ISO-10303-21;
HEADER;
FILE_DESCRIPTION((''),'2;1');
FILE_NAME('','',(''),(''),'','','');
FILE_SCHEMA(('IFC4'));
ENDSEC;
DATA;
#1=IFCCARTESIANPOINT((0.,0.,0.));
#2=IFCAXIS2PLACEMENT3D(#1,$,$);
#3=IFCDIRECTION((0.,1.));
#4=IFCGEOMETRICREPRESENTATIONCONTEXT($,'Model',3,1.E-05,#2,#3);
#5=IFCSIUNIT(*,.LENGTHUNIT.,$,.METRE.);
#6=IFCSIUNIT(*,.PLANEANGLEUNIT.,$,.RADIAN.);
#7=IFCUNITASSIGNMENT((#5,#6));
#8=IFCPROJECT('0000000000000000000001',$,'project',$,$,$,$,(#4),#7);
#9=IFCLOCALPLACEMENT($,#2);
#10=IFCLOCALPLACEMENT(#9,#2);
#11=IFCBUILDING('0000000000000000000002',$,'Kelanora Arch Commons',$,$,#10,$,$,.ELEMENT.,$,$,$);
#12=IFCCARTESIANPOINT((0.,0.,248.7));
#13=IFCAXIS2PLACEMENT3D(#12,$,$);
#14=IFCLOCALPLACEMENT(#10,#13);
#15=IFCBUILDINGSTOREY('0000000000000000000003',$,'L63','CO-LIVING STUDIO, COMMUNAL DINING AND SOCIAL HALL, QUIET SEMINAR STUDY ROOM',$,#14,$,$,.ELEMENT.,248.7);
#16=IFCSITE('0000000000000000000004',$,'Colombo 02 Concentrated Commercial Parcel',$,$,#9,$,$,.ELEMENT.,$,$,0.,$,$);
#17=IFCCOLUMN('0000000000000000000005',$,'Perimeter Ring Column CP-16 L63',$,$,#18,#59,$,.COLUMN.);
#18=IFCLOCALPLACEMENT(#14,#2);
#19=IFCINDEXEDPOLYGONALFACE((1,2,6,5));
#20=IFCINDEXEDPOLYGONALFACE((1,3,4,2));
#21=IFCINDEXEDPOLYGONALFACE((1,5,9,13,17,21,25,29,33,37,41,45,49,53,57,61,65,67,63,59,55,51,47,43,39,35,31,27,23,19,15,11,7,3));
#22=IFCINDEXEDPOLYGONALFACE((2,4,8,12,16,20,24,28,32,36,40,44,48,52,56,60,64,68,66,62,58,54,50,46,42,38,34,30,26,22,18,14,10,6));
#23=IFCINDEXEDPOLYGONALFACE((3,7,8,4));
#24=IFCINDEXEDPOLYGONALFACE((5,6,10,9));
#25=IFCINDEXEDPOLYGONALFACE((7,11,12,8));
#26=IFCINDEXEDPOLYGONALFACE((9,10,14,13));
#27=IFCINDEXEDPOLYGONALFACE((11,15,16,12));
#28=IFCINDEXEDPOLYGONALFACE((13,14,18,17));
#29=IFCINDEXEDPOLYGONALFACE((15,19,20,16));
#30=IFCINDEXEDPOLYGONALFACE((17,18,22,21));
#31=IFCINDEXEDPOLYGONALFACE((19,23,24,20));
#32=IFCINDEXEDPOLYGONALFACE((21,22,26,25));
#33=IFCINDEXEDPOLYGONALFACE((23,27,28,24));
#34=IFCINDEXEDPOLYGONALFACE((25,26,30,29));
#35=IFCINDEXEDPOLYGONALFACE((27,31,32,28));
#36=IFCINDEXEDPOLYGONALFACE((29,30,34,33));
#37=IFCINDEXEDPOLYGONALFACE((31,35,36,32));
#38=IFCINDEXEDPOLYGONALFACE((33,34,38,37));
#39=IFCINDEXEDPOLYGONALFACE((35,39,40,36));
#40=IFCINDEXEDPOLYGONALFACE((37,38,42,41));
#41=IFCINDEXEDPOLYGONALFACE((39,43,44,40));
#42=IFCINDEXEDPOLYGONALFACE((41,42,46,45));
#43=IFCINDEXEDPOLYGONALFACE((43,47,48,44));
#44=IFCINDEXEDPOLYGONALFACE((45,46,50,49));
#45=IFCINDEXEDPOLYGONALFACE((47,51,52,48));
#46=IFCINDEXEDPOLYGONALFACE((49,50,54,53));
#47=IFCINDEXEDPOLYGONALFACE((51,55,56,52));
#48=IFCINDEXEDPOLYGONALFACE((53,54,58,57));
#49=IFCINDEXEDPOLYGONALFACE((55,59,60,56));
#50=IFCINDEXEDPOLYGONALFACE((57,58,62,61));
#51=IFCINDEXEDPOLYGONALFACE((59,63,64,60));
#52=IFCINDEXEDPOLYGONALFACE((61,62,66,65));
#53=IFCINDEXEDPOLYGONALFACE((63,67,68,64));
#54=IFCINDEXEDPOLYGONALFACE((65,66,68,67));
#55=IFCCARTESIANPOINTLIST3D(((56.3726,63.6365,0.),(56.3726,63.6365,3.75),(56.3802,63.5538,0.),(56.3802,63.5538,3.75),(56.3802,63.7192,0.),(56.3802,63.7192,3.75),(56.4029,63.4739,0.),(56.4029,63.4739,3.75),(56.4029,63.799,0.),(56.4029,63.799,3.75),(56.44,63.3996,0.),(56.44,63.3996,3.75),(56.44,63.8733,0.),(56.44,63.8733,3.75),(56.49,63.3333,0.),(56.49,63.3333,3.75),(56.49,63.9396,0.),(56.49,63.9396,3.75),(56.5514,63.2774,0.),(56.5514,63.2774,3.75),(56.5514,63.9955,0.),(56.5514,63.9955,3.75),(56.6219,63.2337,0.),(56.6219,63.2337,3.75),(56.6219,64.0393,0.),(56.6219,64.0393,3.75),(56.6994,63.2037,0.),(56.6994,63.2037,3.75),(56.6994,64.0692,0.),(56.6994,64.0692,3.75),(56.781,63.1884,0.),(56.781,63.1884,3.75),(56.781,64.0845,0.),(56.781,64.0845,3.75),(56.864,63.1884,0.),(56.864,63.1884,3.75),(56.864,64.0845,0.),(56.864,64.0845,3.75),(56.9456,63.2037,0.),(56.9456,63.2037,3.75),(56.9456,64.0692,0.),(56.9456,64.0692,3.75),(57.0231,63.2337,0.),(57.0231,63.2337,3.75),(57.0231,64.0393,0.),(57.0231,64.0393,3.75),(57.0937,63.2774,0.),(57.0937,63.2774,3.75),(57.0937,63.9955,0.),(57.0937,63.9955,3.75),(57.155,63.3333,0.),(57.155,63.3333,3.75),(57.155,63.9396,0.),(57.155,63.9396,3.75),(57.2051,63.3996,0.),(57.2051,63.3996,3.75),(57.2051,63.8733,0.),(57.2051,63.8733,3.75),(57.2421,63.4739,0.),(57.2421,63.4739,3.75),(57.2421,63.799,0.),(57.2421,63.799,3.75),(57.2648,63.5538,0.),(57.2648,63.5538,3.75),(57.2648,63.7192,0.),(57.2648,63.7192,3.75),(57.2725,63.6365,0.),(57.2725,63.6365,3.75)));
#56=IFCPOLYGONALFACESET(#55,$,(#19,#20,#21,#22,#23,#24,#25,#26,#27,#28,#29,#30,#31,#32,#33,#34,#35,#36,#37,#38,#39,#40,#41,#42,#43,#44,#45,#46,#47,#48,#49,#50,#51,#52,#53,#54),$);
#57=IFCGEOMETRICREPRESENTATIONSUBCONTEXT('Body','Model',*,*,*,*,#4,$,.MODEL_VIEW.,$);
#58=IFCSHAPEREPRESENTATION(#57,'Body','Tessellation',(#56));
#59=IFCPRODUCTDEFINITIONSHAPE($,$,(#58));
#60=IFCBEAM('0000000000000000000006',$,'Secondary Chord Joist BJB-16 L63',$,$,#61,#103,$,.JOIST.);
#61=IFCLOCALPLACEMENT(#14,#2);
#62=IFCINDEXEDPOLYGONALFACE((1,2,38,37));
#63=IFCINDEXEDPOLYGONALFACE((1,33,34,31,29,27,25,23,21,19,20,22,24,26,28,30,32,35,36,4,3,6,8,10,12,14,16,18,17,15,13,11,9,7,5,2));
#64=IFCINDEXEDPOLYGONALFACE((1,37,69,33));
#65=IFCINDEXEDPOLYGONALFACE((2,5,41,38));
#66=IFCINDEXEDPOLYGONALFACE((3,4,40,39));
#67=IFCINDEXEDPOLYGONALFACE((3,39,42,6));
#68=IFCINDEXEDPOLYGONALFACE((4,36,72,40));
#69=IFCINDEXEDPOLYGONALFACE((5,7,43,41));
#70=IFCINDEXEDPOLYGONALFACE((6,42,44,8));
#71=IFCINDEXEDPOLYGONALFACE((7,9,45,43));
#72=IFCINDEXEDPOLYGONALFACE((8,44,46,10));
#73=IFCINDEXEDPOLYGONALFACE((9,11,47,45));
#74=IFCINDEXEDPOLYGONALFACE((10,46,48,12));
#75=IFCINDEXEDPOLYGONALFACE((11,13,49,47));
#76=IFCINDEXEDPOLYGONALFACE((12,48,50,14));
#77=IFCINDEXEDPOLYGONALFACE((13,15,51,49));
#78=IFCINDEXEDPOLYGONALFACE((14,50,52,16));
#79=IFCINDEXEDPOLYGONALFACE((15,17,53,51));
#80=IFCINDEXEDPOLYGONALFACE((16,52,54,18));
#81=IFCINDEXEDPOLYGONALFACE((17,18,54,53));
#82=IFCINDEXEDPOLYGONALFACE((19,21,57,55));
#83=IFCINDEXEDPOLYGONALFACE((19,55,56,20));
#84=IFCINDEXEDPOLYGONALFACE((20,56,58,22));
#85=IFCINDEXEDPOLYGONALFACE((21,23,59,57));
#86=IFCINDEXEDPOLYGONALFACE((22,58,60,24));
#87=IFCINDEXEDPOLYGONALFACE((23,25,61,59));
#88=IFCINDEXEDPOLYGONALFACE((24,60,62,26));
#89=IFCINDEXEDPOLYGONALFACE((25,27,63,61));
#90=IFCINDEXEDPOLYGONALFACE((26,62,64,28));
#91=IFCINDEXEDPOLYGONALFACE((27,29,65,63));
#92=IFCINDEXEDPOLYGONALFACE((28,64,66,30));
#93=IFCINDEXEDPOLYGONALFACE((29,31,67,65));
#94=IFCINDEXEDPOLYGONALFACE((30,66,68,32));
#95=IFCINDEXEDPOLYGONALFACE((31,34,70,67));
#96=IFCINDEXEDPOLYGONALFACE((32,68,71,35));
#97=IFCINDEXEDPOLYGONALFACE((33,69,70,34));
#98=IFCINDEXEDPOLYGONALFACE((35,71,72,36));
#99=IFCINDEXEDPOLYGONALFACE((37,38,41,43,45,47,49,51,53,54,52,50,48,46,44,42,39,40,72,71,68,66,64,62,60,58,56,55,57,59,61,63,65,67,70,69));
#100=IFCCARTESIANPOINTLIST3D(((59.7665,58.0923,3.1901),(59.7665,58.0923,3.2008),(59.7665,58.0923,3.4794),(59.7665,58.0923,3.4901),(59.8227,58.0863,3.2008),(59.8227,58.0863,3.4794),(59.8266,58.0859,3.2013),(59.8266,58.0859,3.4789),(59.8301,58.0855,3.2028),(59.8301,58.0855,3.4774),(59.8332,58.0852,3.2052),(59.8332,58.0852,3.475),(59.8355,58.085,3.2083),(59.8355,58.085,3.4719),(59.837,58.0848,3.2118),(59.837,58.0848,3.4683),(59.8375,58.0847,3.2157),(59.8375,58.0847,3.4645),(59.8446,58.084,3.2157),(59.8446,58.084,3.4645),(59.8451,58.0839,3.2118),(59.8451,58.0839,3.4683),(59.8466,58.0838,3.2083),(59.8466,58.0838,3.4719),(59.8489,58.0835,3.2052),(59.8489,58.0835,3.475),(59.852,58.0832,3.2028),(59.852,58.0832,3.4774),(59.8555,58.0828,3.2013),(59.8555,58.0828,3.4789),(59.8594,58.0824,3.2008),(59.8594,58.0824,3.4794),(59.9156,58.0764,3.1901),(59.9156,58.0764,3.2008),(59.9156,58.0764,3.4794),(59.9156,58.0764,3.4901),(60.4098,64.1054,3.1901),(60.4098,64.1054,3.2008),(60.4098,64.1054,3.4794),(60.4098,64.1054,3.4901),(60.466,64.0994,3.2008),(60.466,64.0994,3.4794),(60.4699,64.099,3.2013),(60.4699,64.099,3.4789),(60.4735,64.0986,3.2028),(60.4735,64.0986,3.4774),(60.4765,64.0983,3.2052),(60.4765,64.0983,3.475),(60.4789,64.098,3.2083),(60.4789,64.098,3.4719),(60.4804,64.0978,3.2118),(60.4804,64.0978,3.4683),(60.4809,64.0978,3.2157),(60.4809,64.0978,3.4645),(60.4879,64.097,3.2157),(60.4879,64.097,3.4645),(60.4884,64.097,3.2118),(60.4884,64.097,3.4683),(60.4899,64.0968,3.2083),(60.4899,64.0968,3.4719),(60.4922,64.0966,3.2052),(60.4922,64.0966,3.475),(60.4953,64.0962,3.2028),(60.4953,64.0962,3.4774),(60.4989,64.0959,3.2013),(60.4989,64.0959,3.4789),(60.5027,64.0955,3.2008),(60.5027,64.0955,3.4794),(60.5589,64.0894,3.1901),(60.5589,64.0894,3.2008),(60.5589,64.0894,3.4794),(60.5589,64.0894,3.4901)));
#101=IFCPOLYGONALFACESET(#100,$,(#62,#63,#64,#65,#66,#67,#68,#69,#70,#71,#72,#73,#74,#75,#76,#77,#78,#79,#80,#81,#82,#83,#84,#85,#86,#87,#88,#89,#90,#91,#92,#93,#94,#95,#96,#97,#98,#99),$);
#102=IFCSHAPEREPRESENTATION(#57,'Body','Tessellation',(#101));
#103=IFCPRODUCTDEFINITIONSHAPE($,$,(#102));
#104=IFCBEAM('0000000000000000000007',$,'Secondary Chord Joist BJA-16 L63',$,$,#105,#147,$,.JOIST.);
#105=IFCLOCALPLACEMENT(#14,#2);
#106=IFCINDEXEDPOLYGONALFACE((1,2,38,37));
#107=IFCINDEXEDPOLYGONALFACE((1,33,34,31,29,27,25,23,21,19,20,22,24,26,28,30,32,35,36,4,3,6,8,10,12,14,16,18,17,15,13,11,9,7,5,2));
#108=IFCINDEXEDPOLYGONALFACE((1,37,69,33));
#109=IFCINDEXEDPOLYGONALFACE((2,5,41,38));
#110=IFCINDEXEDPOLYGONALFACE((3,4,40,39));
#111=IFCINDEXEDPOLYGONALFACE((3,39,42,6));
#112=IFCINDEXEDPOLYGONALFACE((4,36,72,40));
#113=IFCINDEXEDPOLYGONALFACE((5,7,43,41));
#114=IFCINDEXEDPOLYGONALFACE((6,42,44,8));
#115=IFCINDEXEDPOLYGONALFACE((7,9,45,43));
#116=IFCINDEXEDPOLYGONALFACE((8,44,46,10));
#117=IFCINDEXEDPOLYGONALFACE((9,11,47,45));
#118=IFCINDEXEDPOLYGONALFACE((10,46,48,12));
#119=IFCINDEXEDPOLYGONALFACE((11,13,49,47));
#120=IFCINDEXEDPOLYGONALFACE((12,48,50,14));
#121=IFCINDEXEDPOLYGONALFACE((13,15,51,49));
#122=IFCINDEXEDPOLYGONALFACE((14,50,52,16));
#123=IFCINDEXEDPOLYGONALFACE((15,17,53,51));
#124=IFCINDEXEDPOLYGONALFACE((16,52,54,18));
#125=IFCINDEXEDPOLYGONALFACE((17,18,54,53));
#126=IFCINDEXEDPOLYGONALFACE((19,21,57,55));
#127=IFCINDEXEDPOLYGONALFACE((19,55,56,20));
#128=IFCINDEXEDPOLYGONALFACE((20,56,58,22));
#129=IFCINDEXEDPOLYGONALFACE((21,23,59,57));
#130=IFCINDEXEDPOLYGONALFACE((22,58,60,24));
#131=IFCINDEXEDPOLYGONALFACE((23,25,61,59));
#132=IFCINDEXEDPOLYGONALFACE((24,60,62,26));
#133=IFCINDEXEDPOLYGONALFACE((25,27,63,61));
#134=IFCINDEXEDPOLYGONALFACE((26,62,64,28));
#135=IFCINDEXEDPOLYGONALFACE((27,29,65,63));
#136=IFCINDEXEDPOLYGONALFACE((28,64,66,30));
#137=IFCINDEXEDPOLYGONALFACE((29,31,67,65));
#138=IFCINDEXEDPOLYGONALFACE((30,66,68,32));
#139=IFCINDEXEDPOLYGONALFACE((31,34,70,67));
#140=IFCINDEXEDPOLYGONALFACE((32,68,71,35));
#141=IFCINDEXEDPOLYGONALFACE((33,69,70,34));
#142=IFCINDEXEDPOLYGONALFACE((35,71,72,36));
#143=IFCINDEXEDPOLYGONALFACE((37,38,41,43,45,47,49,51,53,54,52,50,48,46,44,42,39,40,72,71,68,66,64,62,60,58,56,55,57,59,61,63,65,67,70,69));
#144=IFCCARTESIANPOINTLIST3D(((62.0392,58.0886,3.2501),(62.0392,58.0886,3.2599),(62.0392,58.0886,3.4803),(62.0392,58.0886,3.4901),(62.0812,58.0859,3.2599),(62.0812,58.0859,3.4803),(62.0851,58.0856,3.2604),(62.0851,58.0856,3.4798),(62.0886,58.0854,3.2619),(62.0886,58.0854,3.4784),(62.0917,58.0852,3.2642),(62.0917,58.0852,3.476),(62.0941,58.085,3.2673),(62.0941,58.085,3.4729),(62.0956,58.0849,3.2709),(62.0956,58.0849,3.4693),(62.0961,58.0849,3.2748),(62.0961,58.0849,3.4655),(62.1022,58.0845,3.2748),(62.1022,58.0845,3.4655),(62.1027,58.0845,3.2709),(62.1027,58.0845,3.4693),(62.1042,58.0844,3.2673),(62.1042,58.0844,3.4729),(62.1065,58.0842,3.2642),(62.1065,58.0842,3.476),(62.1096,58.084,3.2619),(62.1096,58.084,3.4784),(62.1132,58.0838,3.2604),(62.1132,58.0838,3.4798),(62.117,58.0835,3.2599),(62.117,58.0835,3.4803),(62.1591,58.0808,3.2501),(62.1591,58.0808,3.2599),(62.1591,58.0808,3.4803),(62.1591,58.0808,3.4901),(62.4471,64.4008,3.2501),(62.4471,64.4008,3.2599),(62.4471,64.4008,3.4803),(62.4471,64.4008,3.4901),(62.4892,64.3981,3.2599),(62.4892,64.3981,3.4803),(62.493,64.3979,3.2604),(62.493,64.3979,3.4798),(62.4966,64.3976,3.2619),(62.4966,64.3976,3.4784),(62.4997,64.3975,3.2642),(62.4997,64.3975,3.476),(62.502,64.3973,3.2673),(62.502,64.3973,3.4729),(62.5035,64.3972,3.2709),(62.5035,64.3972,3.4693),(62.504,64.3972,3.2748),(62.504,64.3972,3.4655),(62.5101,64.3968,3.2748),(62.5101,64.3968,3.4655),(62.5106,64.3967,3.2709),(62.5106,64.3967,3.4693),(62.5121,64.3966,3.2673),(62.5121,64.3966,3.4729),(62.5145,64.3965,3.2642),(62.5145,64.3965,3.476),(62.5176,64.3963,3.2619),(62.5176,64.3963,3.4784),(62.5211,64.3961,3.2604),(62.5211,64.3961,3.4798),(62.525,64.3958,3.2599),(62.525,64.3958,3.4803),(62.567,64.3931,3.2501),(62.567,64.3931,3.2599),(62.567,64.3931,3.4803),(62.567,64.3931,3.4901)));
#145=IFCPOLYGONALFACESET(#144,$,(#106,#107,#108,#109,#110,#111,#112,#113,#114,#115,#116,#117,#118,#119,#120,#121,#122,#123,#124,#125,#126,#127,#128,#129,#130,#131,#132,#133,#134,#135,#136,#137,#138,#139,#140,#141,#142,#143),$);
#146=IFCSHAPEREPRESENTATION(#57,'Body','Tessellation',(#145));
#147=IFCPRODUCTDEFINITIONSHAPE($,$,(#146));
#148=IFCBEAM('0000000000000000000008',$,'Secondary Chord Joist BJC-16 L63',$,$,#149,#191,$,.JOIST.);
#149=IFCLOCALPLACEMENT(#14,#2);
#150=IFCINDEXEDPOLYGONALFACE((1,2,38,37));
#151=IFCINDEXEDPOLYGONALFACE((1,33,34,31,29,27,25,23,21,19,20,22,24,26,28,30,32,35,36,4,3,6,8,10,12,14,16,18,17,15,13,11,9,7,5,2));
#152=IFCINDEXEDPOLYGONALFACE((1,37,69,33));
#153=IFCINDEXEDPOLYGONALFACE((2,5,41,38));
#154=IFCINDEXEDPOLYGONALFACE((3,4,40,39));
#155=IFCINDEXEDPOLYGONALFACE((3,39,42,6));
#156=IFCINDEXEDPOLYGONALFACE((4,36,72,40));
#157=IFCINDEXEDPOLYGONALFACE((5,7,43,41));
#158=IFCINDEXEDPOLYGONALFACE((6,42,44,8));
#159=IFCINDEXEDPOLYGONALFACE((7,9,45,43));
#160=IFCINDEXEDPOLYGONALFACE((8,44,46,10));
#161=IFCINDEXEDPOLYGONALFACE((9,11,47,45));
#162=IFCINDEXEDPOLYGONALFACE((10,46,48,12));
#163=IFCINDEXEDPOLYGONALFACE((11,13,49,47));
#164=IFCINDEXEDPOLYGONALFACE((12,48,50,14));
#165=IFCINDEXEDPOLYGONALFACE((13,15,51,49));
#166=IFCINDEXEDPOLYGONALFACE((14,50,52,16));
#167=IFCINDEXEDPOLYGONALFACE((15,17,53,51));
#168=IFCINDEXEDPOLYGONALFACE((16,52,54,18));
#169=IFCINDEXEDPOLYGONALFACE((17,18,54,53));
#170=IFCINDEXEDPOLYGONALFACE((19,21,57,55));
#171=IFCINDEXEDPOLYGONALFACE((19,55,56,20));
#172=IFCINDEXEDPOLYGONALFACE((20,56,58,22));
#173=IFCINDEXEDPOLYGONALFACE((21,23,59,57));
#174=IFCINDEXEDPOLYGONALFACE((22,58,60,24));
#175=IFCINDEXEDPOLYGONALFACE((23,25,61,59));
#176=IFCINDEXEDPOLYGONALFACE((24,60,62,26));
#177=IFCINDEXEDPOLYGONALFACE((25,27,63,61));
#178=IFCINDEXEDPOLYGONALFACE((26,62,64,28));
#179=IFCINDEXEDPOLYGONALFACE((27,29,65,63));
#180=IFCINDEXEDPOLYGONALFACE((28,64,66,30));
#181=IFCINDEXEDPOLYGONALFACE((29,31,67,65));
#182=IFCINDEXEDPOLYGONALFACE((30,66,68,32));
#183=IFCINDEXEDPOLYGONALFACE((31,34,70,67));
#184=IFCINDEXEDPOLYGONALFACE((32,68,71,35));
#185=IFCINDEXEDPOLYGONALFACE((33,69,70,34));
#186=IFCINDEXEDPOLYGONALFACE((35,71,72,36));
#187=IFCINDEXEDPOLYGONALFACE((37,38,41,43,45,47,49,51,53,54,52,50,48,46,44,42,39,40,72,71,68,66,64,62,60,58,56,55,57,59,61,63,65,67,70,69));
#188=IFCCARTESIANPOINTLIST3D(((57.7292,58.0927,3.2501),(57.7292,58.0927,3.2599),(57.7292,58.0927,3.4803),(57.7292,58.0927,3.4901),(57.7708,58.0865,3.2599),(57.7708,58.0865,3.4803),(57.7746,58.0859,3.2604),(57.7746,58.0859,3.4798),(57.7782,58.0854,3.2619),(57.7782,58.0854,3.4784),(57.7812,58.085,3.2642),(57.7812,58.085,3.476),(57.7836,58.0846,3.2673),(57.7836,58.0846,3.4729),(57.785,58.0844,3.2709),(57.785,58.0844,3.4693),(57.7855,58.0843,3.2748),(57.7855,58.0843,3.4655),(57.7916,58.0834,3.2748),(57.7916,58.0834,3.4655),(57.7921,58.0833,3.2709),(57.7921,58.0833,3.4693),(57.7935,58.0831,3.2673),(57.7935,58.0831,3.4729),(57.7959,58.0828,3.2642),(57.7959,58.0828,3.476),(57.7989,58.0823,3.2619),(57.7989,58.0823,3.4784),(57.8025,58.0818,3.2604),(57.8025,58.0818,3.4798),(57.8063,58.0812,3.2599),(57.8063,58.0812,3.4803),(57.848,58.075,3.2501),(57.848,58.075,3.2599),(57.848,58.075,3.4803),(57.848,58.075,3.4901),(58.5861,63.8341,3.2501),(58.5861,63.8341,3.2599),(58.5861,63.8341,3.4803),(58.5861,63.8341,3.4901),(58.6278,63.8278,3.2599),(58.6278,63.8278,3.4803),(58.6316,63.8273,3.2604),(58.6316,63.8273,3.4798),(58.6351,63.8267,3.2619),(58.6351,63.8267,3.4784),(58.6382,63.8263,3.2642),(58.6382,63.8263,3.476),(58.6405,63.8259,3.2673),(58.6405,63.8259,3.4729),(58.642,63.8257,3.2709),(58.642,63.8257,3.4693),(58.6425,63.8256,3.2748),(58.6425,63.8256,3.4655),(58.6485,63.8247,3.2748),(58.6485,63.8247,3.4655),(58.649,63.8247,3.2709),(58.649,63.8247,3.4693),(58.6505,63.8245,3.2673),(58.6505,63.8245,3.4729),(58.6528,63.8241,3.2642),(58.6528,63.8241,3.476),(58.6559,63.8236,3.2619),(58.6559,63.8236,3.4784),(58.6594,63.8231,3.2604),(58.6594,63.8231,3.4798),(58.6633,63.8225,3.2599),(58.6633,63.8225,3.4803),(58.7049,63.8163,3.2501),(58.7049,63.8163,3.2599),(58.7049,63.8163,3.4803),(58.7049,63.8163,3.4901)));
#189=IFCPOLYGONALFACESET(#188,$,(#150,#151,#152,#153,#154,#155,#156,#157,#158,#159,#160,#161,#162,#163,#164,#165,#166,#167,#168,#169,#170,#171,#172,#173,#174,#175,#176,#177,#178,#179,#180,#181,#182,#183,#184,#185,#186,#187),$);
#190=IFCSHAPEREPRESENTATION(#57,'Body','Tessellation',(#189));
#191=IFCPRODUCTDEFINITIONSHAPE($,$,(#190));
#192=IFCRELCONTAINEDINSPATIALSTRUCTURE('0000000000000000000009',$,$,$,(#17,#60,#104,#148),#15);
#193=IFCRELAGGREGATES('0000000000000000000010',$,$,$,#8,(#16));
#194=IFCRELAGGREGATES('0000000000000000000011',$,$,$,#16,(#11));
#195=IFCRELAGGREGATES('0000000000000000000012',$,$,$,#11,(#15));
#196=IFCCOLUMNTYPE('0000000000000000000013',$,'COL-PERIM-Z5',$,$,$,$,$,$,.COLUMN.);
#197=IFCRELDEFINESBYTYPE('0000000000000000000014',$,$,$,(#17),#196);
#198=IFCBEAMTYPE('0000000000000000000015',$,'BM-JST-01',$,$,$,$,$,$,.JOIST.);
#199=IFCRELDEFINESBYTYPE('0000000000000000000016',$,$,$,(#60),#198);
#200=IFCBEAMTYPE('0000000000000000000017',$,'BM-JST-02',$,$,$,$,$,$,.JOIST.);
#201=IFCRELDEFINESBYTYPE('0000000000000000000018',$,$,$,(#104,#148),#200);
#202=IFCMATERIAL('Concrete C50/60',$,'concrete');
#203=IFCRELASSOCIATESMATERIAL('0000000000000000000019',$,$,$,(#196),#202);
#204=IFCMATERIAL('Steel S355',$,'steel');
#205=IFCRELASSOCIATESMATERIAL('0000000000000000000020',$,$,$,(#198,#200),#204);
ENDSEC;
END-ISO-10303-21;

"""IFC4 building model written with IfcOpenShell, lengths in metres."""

from ifc_helpers import new_model, si_unit, direction, frame, origin, origin_2d, place, context, subcontext, project, spatial, circle, i_section, extrude, material, material_profile, profile_set, type_object, element, save


model = new_model("IFC4")

# Units and contexts
model_context = context("Model", 3, precision=1e-05, world=origin(), true_north=direction((0.0, 1.0)))
body_context = subcontext(model_context, "Body", "Model", "MODEL_VIEW")
ifc_project = project(units=[si_unit("LENGTHUNIT", "METRE"), si_unit("PLANEANGLEUNIT", "RADIAN")], contexts=[model_context])

# Site, building, storey
site_placement = place(None, origin())
site = spatial("IfcSite", under=ifc_project, at=site_placement, Name="Colombo 02 Concentrated Commercial Parcel", CompositionType="ELEMENT", RefElevation=0.0)
building_placement = place(site_placement, origin())
building = spatial("IfcBuilding", under=site, at=building_placement, Name="Kelanora Arch Commons", CompositionType="ELEMENT")
storey_placement = place(building_placement, frame((0.0, 0.0, 248.7)))
storey = spatial("IfcBuildingStorey", under=building, at=storey_placement, Name="L63", Description="CO-LIVING STUDIO, COMMUNAL DINING AND SOCIAL HALL, QUIET SEMINAR STUDY ROOM", CompositionType="ELEMENT", Elevation=248.7)

# Column
ifc_material_1 = material(Name="Concrete C50/60", Category="concrete")
ifc_material_profile_1 = material_profile(ifc_material_1, circle(Radius=0.45, at=origin_2d()), Name="RCC900")
ifc_profile_set_1 = profile_set([ifc_material_profile_1], Name="Concrete C50/60")
column_type = type_object("IfcColumnType", Name="COL-PERIM-Z5", PredefinedType="COLUMN", material=ifc_profile_set_1)
column_placement = place(storey_placement, frame((56.8225, 63.6365, 0.0), z_axis=(0.0, 0.0, 1.0), x_axis=(1.0, 0.0, 0.0)))
element("IfcColumn", 1, at=column_placement, inside=storey, type_object=column_type, Name="Perimeter Ring Column CP-16 L63", PredefinedType="COLUMN", context=body_context, shape_type="SweptSolid", body=[
    extrude(circle(Radius=0.45, at=origin_2d()), origin(), (0.0, 0.0, 1.0), 3.75),
])

# Beams
ifc_material_2 = material(Name="Steel S355", Category="steel")
ifc_material_profile_2 = material_profile(ifc_material_2, i_section(OverallWidth=0.1499, OverallDepth=0.3, WebThickness=0.0071, FlangeThickness=0.0107, FilletRadius=0.0149, at=origin_2d()), Name="IPE300")
ifc_profile_set_2 = profile_set([ifc_material_profile_2], Name="Steel S355")
beam_type_1 = type_object("IfcBeamType", Name="BM-JST-01", PredefinedType="JOIST", material=ifc_profile_set_2)
beam_1_placement = place(storey_placement, frame((60.4844, 64.0974, 3.3401), z_axis=(-0.106381, -0.994325, 0.0), x_axis=(0.994325, -0.106381, 0.0)))
element("IfcBeam", 2, at=beam_1_placement, inside=storey, type_object=beam_type_1, Name="Secondary Chord Joist BJB-16 L63", PredefinedType="JOIST", context=body_context, shape_type="SweptSolid", body=[
    extrude(i_section(OverallWidth=0.1499, OverallDepth=0.3, WebThickness=0.0071, FlangeThickness=0.0107, FilletRadius=0.0149, at=origin_2d()), origin(), (0.0, 0.0, 1.0), 6.0474),
])
ifc_material_profile_3 = material_profile(ifc_material_2, i_section(OverallWidth=0.1201, OverallDepth=0.24, WebThickness=0.0061, FlangeThickness=0.0098, FilletRadius=0.0149, at=origin_2d()), Name="IPE240")
ifc_profile_set_3 = profile_set([ifc_material_profile_3], Name="Steel S355")
beam_type_2 = type_object("IfcBeamType", Name="BM-JST-02", PredefinedType="JOIST", material=ifc_profile_set_3)
beam_2_placement = place(storey_placement, frame((62.5071, 64.397, 3.3701), z_axis=(-0.064495, -0.997918, 0.0), x_axis=(0.997918, -0.064495, 0.0)))
element("IfcBeam", 3, at=beam_2_placement, inside=storey, type_object=beam_type_2, Name="Secondary Chord Joist BJA-16 L63", PredefinedType="JOIST", context=body_context, shape_type="SweptSolid", body=[
    extrude(i_section(OverallWidth=0.1201, OverallDepth=0.24, WebThickness=0.0061, FlangeThickness=0.0098, FilletRadius=0.0149, at=origin_2d()), origin(), (0.0, 0.0, 1.0), 6.3254),
])
beam_3_placement = place(storey_placement, frame((58.6455, 63.8252, 3.3701), z_axis=(-0.147625, -0.989043, 0.0), x_axis=(0.989043, -0.147625, 0.0)))
element("IfcBeam", 4, at=beam_3_placement, inside=storey, type_object=beam_type_2, Name="Secondary Chord Joist BJC-16 L63", PredefinedType="JOIST", context=body_context, shape_type="SweptSolid", body=[
    extrude(i_section(OverallWidth=0.1201, OverallDepth=0.24, WebThickness=0.0061, FlangeThickness=0.0098, FilletRadius=0.0149, at=origin_2d()), origin(), (0.0, 0.0, 1.0), 5.8049),
])

save(model, "model.ifc")
